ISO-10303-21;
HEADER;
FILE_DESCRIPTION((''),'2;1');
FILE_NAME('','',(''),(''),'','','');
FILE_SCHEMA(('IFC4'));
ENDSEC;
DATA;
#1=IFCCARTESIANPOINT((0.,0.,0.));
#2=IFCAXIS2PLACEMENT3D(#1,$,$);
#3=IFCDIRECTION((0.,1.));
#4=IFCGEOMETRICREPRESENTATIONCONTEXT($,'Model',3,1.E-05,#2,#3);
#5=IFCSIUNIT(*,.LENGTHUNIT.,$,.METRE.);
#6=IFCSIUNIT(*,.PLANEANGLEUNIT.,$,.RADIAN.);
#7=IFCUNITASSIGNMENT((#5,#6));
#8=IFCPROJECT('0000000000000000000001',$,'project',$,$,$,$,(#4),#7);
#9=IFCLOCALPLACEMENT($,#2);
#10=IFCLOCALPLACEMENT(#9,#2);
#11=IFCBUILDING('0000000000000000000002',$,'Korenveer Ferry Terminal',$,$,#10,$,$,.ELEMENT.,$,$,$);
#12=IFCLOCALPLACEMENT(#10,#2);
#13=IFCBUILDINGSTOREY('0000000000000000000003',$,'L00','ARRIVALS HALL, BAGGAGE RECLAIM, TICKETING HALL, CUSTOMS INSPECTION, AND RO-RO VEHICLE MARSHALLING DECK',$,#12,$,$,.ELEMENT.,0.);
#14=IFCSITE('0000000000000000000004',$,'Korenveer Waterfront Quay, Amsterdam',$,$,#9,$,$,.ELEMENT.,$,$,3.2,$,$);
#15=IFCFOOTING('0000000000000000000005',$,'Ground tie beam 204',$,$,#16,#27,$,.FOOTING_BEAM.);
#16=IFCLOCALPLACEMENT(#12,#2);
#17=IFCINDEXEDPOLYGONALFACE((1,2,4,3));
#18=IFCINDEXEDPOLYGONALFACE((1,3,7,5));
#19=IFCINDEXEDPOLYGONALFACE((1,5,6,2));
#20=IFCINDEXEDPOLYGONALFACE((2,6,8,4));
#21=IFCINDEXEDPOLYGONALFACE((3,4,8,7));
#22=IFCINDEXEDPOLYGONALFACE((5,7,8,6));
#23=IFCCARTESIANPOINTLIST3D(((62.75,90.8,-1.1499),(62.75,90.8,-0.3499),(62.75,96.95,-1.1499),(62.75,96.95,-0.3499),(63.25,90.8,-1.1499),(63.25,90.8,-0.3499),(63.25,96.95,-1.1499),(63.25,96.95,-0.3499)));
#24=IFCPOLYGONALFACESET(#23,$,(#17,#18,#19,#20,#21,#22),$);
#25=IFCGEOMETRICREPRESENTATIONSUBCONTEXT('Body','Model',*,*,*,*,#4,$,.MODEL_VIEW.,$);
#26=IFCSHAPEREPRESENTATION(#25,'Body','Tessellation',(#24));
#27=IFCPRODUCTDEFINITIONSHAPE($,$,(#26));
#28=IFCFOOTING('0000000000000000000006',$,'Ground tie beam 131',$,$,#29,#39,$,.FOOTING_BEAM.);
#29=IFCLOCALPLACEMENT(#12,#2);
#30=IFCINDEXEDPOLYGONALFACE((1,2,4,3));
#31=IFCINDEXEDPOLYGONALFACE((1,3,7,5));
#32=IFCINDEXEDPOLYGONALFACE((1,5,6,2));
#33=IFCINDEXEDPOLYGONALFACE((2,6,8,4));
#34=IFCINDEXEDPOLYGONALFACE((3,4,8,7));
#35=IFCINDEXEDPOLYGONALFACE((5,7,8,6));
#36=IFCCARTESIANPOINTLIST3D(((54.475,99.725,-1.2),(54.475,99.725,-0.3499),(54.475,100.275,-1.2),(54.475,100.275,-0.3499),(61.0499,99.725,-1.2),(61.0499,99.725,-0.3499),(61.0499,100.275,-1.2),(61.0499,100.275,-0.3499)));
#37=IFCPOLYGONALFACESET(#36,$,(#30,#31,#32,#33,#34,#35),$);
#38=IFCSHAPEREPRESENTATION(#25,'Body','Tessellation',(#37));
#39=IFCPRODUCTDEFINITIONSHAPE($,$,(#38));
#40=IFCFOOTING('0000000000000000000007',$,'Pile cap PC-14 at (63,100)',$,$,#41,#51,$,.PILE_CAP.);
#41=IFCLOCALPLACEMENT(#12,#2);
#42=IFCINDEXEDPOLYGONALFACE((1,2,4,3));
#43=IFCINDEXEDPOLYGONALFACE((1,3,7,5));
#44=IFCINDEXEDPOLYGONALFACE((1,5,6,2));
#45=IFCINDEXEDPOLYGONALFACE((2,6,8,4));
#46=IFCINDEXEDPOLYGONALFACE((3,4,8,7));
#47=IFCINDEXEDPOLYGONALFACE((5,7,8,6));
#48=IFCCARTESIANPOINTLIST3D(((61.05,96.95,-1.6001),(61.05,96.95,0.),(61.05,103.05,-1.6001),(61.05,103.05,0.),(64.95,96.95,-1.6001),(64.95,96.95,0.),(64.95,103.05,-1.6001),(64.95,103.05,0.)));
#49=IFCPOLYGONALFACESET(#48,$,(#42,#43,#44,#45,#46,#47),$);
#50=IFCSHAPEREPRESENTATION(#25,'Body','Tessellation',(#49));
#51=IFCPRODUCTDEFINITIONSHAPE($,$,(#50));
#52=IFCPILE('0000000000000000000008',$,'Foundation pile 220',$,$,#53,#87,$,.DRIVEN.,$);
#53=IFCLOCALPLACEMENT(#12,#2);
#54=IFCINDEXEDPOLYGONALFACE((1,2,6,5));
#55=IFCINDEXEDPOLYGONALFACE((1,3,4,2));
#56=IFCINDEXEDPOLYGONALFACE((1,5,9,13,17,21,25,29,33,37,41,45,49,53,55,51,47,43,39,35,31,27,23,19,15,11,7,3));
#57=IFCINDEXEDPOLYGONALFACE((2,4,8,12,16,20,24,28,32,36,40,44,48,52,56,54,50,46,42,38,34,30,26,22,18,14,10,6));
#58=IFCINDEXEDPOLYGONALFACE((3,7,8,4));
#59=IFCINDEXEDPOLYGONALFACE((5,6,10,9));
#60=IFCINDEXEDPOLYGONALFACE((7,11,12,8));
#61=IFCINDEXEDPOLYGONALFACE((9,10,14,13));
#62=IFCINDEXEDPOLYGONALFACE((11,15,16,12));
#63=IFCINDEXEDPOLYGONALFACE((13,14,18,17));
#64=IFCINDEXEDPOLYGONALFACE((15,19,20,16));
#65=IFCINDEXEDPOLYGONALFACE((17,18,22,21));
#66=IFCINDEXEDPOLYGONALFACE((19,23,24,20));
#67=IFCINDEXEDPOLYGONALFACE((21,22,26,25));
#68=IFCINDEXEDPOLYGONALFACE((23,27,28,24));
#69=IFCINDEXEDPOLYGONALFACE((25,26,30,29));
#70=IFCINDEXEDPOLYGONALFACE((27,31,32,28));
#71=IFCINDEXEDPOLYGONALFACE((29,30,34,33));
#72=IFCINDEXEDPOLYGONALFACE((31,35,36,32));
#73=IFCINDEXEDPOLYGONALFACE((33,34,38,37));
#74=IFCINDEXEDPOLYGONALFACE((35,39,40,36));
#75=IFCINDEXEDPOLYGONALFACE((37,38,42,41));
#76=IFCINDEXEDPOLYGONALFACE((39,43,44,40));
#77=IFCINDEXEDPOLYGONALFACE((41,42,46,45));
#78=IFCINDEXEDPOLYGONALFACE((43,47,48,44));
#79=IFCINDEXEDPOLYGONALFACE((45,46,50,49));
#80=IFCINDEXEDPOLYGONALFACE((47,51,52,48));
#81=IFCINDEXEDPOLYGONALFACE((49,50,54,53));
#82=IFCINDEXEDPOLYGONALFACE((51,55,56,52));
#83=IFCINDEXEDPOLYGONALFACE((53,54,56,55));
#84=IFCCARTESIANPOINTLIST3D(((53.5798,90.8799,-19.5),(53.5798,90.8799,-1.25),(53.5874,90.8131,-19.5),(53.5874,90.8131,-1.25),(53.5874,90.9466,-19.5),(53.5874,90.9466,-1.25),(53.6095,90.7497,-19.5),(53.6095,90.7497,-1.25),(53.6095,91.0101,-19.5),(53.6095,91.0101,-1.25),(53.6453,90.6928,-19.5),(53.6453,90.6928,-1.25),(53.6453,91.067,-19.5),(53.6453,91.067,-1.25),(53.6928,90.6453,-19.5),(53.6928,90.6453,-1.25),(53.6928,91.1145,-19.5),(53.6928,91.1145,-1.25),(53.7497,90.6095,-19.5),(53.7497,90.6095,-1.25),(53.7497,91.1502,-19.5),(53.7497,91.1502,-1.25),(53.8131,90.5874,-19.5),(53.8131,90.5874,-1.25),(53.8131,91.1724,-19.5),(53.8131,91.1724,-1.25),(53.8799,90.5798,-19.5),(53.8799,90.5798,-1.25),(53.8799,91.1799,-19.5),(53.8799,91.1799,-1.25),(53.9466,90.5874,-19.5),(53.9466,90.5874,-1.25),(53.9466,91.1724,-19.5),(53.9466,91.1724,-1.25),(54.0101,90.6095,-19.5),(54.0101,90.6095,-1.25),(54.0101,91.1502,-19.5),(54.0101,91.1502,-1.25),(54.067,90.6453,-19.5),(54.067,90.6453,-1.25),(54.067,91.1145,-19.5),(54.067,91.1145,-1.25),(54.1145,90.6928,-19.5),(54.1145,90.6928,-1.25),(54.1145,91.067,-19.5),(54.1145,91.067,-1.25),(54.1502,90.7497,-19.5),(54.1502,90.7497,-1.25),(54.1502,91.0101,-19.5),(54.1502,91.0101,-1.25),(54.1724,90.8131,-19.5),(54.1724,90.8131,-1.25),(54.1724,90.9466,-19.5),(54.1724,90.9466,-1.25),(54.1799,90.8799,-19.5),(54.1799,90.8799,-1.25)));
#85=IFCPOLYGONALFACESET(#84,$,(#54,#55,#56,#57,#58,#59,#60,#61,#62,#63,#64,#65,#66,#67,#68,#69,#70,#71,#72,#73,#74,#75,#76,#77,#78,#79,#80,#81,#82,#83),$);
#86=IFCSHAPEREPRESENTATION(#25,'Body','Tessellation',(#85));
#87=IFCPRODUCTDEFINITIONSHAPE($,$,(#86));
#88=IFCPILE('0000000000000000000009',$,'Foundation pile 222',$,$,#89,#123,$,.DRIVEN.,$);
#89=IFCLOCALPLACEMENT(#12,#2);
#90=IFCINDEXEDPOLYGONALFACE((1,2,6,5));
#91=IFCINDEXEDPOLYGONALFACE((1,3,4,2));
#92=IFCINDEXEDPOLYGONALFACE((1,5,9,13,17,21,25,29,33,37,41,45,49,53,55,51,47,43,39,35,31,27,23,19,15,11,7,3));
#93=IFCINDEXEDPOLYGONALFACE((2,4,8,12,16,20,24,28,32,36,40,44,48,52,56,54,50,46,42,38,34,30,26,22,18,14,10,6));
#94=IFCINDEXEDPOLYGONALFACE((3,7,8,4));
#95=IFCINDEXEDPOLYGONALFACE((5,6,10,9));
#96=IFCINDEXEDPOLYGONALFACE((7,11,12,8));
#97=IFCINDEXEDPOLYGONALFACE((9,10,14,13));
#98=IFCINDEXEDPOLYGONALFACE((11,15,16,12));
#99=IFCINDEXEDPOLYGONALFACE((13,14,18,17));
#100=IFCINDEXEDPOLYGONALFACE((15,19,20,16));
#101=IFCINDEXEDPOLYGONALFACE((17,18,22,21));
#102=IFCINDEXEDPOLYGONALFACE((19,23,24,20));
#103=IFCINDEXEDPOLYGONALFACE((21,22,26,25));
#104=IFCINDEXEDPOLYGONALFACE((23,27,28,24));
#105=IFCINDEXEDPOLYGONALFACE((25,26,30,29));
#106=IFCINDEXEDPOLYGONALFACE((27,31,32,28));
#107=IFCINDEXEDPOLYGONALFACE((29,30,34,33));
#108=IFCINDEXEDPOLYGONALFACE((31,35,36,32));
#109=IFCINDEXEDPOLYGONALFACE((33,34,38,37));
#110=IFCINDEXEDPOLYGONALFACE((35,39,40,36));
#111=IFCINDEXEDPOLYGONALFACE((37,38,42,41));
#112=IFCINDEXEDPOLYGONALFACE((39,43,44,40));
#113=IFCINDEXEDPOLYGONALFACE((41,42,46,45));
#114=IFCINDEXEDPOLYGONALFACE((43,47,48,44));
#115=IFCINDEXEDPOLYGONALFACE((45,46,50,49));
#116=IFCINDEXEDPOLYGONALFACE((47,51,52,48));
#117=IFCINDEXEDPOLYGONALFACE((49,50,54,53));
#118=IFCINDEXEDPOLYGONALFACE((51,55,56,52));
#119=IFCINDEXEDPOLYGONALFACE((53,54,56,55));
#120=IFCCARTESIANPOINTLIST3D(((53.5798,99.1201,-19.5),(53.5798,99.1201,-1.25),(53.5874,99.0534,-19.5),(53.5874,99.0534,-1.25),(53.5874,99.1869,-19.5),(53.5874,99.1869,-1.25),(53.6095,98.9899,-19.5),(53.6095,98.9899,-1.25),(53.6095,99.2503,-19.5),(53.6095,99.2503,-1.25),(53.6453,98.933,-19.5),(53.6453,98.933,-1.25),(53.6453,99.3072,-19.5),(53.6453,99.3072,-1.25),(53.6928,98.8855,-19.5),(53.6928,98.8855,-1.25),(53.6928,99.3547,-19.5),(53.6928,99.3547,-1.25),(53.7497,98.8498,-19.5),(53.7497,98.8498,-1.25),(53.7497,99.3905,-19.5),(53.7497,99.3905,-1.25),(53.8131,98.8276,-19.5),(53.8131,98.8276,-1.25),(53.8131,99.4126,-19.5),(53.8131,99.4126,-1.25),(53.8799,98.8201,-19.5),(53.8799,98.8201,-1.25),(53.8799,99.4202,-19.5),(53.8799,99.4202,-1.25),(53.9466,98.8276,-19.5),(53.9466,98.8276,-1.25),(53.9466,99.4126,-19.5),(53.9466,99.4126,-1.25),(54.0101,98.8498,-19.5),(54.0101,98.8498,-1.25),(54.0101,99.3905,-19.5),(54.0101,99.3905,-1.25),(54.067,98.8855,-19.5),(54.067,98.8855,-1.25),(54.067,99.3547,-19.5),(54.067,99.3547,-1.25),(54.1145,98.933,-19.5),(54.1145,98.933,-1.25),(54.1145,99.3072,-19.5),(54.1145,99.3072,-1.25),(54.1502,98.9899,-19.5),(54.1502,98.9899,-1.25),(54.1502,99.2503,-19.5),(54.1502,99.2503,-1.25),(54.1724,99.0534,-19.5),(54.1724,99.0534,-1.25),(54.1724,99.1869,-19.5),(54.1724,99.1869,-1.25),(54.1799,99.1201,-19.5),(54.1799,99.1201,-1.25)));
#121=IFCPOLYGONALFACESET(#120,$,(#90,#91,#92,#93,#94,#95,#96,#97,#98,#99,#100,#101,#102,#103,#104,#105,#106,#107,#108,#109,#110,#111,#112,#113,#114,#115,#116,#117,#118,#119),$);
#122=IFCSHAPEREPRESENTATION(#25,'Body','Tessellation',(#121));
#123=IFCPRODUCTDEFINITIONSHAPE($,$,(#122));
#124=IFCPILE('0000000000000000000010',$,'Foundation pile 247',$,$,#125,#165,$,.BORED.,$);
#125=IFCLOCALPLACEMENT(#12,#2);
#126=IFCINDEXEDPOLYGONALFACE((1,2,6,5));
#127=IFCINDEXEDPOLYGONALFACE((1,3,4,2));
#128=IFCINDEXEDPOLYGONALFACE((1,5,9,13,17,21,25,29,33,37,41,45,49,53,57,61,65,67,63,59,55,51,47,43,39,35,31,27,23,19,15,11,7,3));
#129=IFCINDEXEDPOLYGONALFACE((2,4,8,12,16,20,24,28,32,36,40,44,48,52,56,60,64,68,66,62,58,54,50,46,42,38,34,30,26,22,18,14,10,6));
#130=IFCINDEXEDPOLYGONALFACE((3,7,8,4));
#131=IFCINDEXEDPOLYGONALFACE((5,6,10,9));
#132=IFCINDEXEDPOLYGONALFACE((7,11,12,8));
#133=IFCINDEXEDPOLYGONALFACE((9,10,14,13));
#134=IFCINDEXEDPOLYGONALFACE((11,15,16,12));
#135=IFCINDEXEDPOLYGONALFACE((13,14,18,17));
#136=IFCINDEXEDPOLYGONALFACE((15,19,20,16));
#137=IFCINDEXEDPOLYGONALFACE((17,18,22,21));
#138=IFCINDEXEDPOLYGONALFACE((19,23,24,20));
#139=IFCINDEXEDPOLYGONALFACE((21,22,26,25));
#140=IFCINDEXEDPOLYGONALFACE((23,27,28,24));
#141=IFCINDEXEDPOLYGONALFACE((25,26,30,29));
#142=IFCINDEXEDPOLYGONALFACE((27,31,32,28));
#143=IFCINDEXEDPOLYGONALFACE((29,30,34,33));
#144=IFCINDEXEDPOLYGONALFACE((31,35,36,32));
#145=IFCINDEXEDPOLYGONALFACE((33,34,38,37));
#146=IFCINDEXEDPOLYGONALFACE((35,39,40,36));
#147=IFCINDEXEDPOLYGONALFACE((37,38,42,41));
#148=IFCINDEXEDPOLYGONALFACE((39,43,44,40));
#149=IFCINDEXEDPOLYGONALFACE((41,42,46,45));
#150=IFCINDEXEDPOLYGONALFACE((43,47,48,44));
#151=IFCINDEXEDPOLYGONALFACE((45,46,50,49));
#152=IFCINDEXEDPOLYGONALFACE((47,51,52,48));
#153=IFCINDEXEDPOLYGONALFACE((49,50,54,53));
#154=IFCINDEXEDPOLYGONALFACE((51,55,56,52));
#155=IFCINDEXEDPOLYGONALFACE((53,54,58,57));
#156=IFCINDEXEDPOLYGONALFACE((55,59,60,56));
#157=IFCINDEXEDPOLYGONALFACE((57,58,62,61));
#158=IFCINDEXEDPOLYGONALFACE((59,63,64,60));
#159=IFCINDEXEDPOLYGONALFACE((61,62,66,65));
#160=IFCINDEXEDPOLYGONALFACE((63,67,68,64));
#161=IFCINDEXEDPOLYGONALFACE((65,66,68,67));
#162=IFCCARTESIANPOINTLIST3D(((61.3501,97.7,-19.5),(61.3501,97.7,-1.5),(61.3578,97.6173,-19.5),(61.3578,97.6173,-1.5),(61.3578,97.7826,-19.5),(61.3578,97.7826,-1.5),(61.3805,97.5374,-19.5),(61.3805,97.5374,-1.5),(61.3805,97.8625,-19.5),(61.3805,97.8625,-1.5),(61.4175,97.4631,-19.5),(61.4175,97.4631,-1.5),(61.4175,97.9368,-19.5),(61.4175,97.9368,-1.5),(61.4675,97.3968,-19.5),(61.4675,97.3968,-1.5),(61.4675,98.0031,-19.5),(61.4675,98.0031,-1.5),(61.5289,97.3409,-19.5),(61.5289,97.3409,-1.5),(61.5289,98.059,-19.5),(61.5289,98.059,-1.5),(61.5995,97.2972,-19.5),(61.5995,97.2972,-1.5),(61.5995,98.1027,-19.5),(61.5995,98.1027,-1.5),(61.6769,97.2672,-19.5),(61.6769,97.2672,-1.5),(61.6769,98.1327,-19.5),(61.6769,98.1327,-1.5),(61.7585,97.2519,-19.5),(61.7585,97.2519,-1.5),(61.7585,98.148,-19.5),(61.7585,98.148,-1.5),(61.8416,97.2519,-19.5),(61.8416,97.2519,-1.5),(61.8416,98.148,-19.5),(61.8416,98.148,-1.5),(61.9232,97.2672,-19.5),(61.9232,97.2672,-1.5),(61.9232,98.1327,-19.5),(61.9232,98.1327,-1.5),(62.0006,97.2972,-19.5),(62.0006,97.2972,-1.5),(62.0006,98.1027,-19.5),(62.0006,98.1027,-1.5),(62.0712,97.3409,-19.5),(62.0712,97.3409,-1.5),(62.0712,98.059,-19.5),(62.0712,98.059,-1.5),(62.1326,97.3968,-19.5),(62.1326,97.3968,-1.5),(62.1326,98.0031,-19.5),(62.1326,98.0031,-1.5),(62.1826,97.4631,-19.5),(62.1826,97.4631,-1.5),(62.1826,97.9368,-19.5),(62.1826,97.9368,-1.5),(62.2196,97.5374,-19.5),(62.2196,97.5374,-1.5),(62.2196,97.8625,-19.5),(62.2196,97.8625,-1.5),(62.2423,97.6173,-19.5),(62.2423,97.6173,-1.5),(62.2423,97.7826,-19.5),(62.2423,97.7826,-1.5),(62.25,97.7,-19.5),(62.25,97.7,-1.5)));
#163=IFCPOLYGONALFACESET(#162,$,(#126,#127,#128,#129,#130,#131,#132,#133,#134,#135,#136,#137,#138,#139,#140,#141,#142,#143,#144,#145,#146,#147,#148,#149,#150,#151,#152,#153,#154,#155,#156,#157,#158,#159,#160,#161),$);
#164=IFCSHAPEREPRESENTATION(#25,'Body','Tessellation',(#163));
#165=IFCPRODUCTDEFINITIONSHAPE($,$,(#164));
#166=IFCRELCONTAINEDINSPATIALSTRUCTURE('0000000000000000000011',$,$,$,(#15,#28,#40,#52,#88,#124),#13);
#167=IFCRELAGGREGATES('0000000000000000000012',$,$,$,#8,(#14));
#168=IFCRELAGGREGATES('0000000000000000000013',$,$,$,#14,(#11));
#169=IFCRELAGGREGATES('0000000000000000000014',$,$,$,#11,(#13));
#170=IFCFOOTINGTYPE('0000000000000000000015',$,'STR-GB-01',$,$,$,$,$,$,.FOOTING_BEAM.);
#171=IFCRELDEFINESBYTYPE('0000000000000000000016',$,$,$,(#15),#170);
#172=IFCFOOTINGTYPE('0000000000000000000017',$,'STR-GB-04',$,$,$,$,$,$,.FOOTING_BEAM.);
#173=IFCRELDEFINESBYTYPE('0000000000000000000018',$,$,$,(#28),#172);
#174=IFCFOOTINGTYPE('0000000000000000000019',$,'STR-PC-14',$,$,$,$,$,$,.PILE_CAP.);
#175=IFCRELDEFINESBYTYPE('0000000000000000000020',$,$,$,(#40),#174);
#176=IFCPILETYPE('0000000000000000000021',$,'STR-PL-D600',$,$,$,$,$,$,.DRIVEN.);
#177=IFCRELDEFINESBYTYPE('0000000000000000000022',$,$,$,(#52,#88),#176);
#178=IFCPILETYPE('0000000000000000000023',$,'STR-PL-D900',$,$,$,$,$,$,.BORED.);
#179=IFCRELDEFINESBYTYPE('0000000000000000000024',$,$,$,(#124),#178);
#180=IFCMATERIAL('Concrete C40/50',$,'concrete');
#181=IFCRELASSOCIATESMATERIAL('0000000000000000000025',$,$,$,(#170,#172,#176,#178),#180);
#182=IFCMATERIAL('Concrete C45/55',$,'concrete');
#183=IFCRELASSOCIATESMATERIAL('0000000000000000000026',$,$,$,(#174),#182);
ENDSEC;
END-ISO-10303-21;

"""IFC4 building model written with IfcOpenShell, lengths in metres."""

from ifc_helpers import new_model, si_unit, direction, frame, origin, origin_2d, place, context, subcontext, project, spatial, rectangle, circle, extrude, material, material_profile, profile_set, type_object, element, save


model = new_model("IFC4")

# Units and contexts
model_context = context("Model", 3, precision=1e-05, world=origin(), true_north=direction((0.0, 1.0)))
body_context = subcontext(model_context, "Body", "Model", "MODEL_VIEW")
ifc_project = project(units=[si_unit("LENGTHUNIT", "METRE"), si_unit("PLANEANGLEUNIT", "RADIAN")], contexts=[model_context])

# Site, building, storey
site_placement = place(None, origin())
site = spatial("IfcSite", under=ifc_project, at=site_placement, Name="Korenveer Waterfront Quay, Amsterdam", CompositionType="ELEMENT", RefElevation=3.2)
building_placement = place(site_placement, origin())
building = spatial("IfcBuilding", under=site, at=building_placement, Name="Korenveer Ferry Terminal", CompositionType="ELEMENT")
storey_placement = place(building_placement, origin())
storey = spatial("IfcBuildingStorey", under=building, at=storey_placement, Name="L00", Description="ARRIVALS HALL, BAGGAGE RECLAIM, TICKETING HALL, CUSTOMS INSPECTION, AND RO-RO VEHICLE MARSHALLING DECK", CompositionType="ELEMENT", Elevation=0.0)

# Footings
ifc_material_1 = material(Name="Concrete C40/50", Category="concrete")
footing_type_1 = type_object("IfcFootingType", Name="STR-GB-01", PredefinedType="FOOTING_BEAM", material=ifc_material_1)
footing_1_placement = place(storey_placement, frame((63.0, 93.875, -1.1499), z_axis=(0.0, 0.0, 1.0), x_axis=(1.0, 0.0, 0.0)))
element("IfcFooting", 1, at=footing_1_placement, inside=storey, type_object=footing_type_1, Name="Ground tie beam 204", PredefinedType="FOOTING_BEAM", context=body_context, shape_type="SweptSolid", body=[
    extrude(rectangle(XDim=0.5, YDim=6.1499, at=origin_2d()), origin(), (0.0, 0.0, 1.0), 0.8),
])
footing_type_2 = type_object("IfcFootingType", Name="STR-GB-04", PredefinedType="FOOTING_BEAM", material=ifc_material_1)
footing_2_placement = place(storey_placement, frame((57.7625, 100.0, -1.2), z_axis=(0.0, 0.0, 1.0), x_axis=(1.0, 0.0, 0.0)))
element("IfcFooting", 2, at=footing_2_placement, inside=storey, type_object=footing_type_2, Name="Ground tie beam 131", PredefinedType="FOOTING_BEAM", context=body_context, shape_type="SweptSolid", body=[
    extrude(rectangle(XDim=6.575, YDim=0.55, at=origin_2d()), origin(), (0.0, 0.0, 1.0), 0.8501),
])
ifc_material_2 = material(Name="Concrete C45/55", Category="concrete")
footing_type_3 = type_object("IfcFootingType", Name="STR-PC-14", PredefinedType="PILE_CAP", material=ifc_material_2)
footing_3_placement = place(storey_placement, frame((63.0, 100.0, -1.6001), z_axis=(0.0, 0.0, 1.0), x_axis=(1.0, 0.0, 0.0)))
element("IfcFooting", 3, at=footing_3_placement, inside=storey, type_object=footing_type_3, Name="Pile cap PC-14 at (63,100)", PredefinedType="PILE_CAP", context=body_context, shape_type="SweptSolid", body=[
    extrude(rectangle(XDim=3.8999, YDim=6.1001, at=origin_2d()), origin(), (0.0, 0.0, 1.0), 1.6001),
])

# Piles
ifc_material_profile_1 = material_profile(ifc_material_1, circle(Radius=0.3, at=origin_2d()), Name="PILE D600")
ifc_profile_set_1 = profile_set([ifc_material_profile_1], Name="Concrete C40/50")
pile_type_1 = type_object("IfcPileType", Name="STR-PL-D600", PredefinedType="DRIVEN", material=ifc_profile_set_1)
for number, where, z_axis, x_axis, name in (
    (4, (53.8799, 90.8799, -1.25), (0.0, 0.0, -1.0), (1.0, 0.0, 0.0), "Foundation pile 220"),
    (5, (53.8799, 99.1201, -1.25), (0.0, 0.0, -1.0), (1.0, 0.0, 0.0), "Foundation pile 222"),
):
    element("IfcPile", number, at=place(storey_placement, frame(where, z_axis=z_axis, x_axis=x_axis)), inside=storey, type_object=pile_type_1, Name=name, PredefinedType="DRIVEN", context=body_context, shape_type="SweptSolid", body=[
        extrude(circle(Radius=0.3, at=origin_2d()), origin(), (0.0, 0.0, 1.0), 18.25),
    ])
ifc_material_profile_2 = material_profile(ifc_material_1, circle(Radius=0.45, at=origin_2d()), Name="PILE D900")
ifc_profile_set_2 = profile_set([ifc_material_profile_2], Name="Concrete C40/50")
pile_type_2 = type_object("IfcPileType", Name="STR-PL-D900", PredefinedType="BORED", material=ifc_profile_set_2)
for number, where, z_axis, x_axis, name in (
    (6, (61.8, 97.7, -1.5), (0.0, 0.0, -1.0), (1.0, 0.0, 0.0), "Foundation pile 247"),
):
    element("IfcPile", number, at=place(storey_placement, frame(where, z_axis=z_axis, x_axis=x_axis)), inside=storey, type_object=pile_type_2, Name=name, PredefinedType="BORED", context=body_context, shape_type="SweptSolid", body=[
        extrude(circle(Radius=0.45, at=origin_2d()), origin(), (0.0, 0.0, 1.0), 18.0),
    ])

save(model, "model.ifc")
